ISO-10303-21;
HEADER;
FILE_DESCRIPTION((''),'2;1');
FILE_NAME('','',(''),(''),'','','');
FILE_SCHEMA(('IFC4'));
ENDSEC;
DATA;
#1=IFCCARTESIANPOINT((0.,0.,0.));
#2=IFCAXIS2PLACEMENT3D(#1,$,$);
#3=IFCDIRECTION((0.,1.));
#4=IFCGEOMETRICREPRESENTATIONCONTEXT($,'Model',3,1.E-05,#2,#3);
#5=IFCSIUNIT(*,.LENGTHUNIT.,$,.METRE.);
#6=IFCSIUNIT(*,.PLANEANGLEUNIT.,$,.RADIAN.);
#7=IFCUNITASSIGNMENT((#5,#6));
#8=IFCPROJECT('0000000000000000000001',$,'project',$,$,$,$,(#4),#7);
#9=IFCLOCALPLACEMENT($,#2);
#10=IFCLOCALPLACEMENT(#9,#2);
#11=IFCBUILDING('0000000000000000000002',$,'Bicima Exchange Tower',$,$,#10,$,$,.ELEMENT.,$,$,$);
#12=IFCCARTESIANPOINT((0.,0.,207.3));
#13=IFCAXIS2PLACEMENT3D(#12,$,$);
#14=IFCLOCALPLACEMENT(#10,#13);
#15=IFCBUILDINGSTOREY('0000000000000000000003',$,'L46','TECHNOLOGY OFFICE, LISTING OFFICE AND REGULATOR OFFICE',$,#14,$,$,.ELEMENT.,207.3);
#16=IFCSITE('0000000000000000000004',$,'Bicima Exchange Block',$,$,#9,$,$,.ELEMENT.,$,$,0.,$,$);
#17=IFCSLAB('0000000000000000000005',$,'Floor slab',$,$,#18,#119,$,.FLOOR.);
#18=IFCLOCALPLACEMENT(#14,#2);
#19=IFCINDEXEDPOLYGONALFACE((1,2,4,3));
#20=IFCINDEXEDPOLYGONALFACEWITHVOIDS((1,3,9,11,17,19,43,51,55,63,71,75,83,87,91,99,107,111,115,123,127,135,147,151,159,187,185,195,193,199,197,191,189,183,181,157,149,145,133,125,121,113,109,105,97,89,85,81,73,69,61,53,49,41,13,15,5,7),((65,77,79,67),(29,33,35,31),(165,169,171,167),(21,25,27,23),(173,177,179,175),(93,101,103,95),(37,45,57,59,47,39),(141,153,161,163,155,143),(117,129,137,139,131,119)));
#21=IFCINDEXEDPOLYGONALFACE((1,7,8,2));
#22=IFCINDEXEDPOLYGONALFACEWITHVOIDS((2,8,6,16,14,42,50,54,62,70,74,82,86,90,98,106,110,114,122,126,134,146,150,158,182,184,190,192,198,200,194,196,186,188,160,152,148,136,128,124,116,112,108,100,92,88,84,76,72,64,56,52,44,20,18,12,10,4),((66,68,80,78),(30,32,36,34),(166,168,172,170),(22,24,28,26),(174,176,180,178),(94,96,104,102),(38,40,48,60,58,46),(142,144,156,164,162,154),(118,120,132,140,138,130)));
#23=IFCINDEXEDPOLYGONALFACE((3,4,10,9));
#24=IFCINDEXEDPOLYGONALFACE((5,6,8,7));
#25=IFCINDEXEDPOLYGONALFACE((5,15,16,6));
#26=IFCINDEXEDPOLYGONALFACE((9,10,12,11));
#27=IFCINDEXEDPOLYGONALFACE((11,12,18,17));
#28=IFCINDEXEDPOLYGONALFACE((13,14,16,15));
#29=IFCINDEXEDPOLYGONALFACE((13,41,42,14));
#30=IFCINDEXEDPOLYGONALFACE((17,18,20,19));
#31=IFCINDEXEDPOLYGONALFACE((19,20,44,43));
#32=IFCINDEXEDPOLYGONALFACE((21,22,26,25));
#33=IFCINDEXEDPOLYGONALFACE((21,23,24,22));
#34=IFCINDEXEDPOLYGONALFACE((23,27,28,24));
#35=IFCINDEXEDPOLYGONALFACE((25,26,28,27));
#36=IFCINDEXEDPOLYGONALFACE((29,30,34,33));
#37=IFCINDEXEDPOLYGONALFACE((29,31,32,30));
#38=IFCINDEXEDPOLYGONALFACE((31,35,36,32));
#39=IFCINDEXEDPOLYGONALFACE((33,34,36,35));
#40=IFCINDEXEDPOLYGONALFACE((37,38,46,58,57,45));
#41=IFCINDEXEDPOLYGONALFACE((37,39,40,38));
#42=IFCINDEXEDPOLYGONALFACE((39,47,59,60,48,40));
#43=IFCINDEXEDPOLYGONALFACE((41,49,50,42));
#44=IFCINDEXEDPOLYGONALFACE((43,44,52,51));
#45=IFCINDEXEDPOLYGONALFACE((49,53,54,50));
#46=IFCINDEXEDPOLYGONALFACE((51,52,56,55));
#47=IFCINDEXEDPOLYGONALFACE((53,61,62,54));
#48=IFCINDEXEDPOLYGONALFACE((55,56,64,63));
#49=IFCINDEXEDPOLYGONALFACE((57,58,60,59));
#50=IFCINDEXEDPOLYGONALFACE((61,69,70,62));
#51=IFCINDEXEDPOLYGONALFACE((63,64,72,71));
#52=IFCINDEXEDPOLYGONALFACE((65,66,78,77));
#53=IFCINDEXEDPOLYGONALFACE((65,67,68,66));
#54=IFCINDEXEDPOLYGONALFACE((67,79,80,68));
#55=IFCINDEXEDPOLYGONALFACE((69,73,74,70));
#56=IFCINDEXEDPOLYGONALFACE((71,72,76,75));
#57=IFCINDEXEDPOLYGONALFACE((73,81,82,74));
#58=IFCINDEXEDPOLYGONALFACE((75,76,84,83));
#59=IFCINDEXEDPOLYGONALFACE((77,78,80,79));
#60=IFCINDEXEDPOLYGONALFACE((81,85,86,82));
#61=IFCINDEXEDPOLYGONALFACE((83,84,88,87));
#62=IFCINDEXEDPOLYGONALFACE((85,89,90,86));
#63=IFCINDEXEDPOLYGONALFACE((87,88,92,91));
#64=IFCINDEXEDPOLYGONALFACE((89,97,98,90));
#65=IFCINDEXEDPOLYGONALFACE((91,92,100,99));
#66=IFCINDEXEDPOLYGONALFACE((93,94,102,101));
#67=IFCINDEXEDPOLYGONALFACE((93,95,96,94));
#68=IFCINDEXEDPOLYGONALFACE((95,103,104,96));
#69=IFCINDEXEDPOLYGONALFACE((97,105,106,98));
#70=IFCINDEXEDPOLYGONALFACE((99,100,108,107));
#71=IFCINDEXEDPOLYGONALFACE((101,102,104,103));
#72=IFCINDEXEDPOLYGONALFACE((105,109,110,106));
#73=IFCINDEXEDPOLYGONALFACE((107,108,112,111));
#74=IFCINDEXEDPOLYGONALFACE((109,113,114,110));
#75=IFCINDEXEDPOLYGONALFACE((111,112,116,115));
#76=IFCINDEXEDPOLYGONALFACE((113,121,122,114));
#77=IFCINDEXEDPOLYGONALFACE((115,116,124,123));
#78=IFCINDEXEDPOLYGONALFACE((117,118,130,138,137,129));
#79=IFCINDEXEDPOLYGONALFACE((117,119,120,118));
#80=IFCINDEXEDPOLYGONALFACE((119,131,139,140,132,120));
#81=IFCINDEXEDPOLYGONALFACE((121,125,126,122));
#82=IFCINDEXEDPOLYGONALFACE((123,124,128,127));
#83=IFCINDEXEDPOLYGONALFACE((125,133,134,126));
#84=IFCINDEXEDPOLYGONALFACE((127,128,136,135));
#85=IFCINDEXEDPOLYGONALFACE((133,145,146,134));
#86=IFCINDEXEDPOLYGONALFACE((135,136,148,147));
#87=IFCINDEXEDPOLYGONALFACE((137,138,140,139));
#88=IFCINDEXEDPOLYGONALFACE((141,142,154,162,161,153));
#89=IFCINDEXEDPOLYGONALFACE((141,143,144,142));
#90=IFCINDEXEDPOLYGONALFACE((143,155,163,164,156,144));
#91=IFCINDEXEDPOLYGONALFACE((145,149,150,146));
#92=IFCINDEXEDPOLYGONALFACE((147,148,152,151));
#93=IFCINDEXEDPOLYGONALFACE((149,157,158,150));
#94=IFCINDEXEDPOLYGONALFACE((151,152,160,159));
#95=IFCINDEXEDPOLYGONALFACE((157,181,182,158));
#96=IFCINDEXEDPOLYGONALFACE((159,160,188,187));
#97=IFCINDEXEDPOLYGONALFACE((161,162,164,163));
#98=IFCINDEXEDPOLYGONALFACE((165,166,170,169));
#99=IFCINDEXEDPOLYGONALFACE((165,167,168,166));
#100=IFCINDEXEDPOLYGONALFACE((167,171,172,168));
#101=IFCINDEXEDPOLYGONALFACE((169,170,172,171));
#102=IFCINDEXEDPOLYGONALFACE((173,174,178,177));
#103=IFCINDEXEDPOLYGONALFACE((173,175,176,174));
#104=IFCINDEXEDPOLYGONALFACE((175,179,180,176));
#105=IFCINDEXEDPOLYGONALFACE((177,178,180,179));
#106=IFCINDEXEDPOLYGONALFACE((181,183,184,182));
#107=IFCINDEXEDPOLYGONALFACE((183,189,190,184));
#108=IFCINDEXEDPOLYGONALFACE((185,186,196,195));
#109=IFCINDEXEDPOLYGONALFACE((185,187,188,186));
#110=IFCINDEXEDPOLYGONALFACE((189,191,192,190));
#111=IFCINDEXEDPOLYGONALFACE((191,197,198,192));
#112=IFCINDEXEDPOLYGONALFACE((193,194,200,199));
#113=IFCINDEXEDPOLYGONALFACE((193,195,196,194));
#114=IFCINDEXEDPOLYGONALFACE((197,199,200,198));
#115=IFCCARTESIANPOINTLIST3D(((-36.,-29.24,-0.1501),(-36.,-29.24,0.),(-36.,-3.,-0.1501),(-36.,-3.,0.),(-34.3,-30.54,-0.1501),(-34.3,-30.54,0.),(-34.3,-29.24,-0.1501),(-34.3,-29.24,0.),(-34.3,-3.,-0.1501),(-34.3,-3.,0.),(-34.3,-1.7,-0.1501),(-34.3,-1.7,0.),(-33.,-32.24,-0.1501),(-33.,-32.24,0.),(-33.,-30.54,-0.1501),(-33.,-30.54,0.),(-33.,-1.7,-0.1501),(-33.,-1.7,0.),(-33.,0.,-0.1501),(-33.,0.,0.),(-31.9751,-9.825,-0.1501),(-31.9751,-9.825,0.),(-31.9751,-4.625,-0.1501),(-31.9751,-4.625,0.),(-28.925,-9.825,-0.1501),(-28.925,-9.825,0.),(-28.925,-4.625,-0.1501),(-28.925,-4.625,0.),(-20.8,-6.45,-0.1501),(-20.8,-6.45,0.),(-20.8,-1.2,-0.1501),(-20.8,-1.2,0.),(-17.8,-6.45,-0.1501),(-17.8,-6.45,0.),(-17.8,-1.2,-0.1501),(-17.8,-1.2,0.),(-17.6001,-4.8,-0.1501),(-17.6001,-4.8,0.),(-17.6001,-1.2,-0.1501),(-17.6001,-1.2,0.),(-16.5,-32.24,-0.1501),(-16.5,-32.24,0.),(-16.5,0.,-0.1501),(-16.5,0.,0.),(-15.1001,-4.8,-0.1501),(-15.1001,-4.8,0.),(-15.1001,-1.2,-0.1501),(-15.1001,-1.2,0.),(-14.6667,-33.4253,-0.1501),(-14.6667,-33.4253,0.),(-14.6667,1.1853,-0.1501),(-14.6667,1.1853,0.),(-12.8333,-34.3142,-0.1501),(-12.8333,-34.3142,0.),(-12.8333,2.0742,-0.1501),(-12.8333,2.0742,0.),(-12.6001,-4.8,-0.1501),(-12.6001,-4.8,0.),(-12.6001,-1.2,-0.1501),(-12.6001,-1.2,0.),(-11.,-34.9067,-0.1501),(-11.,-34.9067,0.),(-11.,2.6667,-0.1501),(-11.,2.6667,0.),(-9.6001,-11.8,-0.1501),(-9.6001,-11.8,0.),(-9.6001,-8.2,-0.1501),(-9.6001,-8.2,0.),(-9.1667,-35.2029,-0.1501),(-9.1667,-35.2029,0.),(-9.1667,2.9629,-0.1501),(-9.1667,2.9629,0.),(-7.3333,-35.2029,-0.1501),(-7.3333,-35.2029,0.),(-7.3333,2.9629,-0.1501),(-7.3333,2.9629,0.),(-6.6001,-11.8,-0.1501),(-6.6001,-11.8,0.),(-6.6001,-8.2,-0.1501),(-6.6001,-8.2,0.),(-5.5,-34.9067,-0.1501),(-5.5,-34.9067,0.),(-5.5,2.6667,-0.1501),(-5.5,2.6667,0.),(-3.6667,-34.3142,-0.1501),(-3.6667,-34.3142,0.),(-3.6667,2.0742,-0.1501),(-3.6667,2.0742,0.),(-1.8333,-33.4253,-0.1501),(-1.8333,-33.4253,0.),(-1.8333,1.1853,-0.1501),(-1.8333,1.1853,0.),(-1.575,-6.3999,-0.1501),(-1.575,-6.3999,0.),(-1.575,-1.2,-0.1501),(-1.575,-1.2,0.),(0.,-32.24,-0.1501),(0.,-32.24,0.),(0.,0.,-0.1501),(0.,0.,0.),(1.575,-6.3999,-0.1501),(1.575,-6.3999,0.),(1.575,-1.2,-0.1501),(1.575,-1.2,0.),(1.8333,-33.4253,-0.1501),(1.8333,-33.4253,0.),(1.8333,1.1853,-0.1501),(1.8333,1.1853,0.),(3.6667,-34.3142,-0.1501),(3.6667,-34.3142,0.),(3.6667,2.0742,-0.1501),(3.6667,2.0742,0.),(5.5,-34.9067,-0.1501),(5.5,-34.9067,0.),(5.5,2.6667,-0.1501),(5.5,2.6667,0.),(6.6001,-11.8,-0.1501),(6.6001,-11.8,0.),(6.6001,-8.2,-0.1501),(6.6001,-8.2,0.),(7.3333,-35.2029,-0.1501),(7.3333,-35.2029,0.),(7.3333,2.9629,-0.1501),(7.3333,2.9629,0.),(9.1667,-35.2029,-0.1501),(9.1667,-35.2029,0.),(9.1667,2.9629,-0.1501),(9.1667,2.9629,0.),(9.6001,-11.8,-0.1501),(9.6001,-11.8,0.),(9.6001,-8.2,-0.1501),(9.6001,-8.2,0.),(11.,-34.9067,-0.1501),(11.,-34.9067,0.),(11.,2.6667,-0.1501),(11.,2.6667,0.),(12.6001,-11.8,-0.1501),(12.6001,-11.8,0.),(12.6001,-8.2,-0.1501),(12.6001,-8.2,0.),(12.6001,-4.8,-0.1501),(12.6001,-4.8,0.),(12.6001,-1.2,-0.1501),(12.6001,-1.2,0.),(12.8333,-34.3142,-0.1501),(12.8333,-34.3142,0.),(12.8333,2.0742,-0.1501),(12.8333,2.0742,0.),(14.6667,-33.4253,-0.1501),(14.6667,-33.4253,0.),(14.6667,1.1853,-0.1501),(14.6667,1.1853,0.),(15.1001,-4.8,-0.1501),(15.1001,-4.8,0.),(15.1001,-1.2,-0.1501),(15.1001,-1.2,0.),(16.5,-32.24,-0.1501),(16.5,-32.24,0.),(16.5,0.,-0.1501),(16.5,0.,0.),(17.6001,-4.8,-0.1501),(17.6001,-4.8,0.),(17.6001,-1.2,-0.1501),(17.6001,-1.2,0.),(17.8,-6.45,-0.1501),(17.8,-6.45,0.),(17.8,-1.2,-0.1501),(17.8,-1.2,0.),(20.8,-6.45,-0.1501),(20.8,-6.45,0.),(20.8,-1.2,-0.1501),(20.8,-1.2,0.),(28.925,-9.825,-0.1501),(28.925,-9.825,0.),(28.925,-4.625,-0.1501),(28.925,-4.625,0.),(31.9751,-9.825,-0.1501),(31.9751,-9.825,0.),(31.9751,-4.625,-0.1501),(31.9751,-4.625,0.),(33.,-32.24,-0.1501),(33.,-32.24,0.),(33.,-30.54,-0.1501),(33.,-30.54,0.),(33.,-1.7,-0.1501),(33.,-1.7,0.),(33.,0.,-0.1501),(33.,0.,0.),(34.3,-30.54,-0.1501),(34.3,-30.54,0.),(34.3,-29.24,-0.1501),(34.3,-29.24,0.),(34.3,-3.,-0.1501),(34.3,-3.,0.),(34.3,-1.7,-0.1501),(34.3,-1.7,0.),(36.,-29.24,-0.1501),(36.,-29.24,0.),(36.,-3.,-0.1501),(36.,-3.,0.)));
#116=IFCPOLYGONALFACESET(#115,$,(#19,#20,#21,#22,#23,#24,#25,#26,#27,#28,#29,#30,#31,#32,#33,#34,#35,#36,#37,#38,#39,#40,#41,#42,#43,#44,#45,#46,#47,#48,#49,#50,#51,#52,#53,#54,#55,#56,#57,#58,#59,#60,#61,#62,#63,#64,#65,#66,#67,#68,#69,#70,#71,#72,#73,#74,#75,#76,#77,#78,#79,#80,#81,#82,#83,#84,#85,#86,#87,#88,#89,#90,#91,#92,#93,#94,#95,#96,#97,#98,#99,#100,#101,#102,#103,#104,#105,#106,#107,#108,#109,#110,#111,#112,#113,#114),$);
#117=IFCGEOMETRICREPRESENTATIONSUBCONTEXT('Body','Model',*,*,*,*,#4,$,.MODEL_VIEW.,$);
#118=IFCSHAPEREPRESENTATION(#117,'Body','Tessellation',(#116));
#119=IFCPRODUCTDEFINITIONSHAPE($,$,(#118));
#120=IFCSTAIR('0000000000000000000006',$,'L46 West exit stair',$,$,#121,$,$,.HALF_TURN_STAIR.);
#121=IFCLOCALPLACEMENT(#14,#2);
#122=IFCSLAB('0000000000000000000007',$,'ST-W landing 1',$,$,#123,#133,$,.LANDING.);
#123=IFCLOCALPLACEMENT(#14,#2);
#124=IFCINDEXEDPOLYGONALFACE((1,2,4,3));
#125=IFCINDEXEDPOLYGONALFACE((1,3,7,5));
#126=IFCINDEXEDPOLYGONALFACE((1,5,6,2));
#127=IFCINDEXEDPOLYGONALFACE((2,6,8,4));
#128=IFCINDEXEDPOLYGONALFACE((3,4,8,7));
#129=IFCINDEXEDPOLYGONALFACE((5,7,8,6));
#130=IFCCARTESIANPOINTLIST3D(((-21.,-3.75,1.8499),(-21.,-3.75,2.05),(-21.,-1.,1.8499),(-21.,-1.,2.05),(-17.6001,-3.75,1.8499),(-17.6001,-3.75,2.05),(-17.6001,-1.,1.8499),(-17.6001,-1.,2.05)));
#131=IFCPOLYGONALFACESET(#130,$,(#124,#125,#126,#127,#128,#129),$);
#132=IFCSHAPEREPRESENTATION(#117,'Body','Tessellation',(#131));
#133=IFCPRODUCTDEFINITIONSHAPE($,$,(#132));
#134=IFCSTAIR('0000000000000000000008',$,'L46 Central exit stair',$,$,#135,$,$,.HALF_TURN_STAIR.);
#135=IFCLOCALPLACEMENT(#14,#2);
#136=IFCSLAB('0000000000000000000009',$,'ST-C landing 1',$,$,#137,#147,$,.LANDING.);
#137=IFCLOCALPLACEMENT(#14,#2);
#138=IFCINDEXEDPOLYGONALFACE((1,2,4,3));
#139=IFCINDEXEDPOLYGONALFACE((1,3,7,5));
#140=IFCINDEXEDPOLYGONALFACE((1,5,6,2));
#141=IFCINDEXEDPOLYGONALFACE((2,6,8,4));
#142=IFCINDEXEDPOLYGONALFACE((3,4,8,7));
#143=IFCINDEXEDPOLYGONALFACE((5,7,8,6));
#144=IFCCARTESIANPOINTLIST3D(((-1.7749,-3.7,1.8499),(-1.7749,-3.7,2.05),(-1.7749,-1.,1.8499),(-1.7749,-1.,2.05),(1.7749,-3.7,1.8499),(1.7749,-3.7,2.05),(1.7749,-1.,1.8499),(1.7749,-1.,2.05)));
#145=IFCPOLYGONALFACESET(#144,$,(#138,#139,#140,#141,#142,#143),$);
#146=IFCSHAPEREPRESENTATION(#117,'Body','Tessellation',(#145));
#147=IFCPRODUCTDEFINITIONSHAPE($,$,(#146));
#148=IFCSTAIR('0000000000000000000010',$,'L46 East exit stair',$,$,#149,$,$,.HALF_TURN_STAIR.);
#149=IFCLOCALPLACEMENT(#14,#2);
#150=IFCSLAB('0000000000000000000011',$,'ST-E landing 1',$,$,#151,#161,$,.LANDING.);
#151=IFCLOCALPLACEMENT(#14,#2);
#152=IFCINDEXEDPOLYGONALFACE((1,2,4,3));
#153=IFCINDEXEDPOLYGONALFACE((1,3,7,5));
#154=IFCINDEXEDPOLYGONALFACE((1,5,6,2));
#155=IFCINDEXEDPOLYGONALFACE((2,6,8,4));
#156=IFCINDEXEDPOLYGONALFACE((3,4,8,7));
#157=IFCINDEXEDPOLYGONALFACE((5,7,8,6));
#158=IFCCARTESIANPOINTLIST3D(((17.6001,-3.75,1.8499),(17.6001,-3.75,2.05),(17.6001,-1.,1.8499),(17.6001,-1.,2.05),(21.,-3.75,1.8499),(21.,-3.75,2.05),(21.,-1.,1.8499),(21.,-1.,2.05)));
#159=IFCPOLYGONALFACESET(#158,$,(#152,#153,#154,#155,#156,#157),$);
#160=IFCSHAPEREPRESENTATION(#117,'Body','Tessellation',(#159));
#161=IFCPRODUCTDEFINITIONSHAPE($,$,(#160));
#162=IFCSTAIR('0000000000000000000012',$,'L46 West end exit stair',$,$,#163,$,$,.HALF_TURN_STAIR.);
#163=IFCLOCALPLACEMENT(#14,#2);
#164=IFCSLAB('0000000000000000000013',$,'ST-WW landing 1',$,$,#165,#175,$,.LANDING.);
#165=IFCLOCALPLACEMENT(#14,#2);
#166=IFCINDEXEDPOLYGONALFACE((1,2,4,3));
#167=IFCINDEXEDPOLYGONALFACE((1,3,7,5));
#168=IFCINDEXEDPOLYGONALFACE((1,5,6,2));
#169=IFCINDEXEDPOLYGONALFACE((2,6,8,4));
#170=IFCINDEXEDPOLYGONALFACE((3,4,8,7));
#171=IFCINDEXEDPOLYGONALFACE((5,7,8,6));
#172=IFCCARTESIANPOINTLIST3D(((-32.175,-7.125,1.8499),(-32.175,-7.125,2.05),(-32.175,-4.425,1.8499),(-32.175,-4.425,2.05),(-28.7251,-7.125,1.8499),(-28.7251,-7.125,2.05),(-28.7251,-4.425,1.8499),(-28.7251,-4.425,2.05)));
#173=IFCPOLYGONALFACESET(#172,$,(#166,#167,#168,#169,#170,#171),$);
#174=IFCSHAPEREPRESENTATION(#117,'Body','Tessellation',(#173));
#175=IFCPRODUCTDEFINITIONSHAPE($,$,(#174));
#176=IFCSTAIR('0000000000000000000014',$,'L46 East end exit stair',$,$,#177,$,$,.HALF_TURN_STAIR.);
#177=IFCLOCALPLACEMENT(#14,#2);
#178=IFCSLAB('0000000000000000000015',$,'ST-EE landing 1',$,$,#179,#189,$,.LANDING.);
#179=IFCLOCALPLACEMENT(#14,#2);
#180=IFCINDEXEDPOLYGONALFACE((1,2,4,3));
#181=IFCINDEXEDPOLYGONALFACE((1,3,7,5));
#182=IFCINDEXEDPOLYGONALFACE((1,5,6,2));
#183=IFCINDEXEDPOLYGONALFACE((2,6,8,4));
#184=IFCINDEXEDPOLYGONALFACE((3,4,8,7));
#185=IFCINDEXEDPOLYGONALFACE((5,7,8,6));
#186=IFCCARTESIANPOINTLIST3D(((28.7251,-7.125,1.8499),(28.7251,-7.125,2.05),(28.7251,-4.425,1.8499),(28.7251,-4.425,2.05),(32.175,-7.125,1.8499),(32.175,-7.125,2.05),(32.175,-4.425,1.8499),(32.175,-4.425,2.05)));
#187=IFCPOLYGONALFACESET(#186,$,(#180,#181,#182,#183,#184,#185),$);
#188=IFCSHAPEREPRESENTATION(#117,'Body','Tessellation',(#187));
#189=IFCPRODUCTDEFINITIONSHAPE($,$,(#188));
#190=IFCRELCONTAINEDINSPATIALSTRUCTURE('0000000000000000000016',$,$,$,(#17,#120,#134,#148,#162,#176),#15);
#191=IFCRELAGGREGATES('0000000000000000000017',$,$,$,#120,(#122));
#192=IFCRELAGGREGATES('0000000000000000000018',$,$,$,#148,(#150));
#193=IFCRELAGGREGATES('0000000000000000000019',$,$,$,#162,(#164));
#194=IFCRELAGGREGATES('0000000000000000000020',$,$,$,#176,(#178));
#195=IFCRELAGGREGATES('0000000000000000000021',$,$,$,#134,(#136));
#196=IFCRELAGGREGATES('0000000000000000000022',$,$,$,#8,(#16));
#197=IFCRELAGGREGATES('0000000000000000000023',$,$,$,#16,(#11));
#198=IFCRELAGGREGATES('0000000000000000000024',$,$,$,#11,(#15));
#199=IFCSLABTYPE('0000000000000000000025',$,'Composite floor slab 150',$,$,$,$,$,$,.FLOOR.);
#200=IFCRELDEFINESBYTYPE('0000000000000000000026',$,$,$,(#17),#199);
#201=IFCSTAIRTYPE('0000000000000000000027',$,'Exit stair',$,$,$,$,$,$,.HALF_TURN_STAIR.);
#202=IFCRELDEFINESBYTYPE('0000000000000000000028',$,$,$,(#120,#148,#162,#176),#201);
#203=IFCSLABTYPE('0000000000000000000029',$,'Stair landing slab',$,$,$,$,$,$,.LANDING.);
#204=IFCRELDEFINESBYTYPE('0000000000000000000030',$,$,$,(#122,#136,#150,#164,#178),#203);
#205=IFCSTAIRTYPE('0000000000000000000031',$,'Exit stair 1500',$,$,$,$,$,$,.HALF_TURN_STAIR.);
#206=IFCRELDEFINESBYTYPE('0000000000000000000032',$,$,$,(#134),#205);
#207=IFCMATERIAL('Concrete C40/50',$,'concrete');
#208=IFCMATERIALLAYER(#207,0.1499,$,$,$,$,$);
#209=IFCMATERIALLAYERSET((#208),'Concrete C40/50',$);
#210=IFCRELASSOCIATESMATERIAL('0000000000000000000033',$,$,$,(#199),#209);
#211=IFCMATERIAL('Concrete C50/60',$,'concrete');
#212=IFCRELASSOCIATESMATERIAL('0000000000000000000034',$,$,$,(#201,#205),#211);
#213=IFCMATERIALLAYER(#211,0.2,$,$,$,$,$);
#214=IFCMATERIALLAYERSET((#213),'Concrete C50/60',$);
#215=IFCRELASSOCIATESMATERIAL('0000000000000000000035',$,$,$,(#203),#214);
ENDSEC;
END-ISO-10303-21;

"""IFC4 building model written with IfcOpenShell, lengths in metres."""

from ifc_helpers import new_model, si_unit, direction, frame, origin, place, context, subcontext, project, spatial, polyline, outline, extrude, material, layer, layer_set, type_object, element, aggregate, save


model = new_model("IFC4")

# Units and contexts
model_context = context("Model", 3, precision=1e-05, world=origin(), true_north=direction((0.0, 1.0)))
body_context = subcontext(model_context, "Body", "Model", "MODEL_VIEW")
ifc_project = project(units=[si_unit("LENGTHUNIT", "METRE"), si_unit("PLANEANGLEUNIT", "RADIAN")], contexts=[model_context])

# Site, building, storey
site_placement = place(None, origin())
site = spatial("IfcSite", under=ifc_project, at=site_placement, Name="Bicima Exchange Block", CompositionType="ELEMENT", RefElevation=0.0)
building_placement = place(site_placement, origin())
building = spatial("IfcBuilding", under=site, at=building_placement, Name="Bicima Exchange Tower", CompositionType="ELEMENT")
storey_placement = place(building_placement, frame((0.0, 0.0, 207.3)))
storey = spatial("IfcBuildingStorey", under=building, at=storey_placement, Name="L46", Description="TECHNOLOGY OFFICE, LISTING OFFICE AND REGULATOR OFFICE", CompositionType="ELEMENT", Elevation=207.3)

# Slab
ifc_material_1 = material(Name="Concrete C40/50", Category="concrete")
ifc_layer_1 = layer(ifc_material_1, 0.1499)
ifc_layer_set_1 = layer_set([ifc_layer_1], Name="Concrete C40/50")
slab_type_1 = type_object("IfcSlabType", Name="Composite floor slab 150", PredefinedType="FLOOR", material=ifc_layer_set_1)
slab_1_placement = place(storey_placement, frame((0.0, 0.0, -0.1501)))
element("IfcSlab", 1, at=slab_1_placement, inside=storey, type_object=slab_type_1, Name="Floor slab", PredefinedType="FLOOR", context=body_context, shape_type="SweptSolid", body=[
    extrude(outline(polyline([(-36.0, -29.24), (-36.0, -3.0), (-34.3, -3.0), (-34.3, -1.7), (-33.0, -1.7), (-33.0, 0.0), (-16.5, 0.0), (-14.6667, 1.1853), (-12.8333, 2.0742), (-11.0, 2.6667), (-9.1667, 2.9629), (-7.3333, 2.9629), (-5.5, 2.6667), (-3.6667, 2.0742), (-1.8333, 1.1853), (0.0, 0.0), (1.8333, 1.1853), (3.6667, 2.0742), (5.5, 2.6667), (7.3333, 2.9629), (9.1667, 2.9629), (11.0, 2.6667), (12.8333, 2.0742), (14.6667, 1.1853), (16.5, 0.0), (33.0, 0.0), (33.0, -1.7), (34.3, -1.7), (34.3, -3.0), (36.0, -3.0), (36.0, -29.24), (34.3, -29.24), (34.3, -30.54), (33.0, -30.54), (33.0, -32.24), (16.5, -32.24), (14.6667, -33.4253), (12.8333, -34.3142), (11.0, -34.9067), (9.1667, -35.2029), (7.3333, -35.2029), (5.5, -34.9067), (3.6667, -34.3142), (1.8333, -33.4253), (0.0, -32.24), (-1.8333, -33.4253), (-3.6667, -34.3142), (-5.5, -34.9067), (-7.3333, -35.2029), (-9.1667, -35.2029), (-11.0, -34.9067), (-12.8333, -34.3142), (-14.6667, -33.4253), (-16.5, -32.24), (-33.0, -32.24), (-33.0, -30.54), (-34.3, -30.54), (-34.3, -29.24), (-36.0, -29.24)]), holes=[polyline([(-6.6001, -11.8), (-6.6001, -8.2), (-9.6001, -8.2), (-9.6001, -11.8), (-6.6001, -11.8)]), polyline([(-31.9751, -9.825), (-28.925, -9.825), (-28.925, -4.625), (-31.9751, -4.625), (-31.9751, -9.825)]), polyline([(-20.8, -6.45), (-17.8, -6.45), (-17.8, -1.2), (-20.8, -1.2), (-20.8, -6.45)]), polyline([(1.575, -6.3999), (1.575, -1.2), (-1.575, -1.2), (-1.575, -6.3999), (1.575, -6.3999)]), polyline([(-12.6001, -4.8), (-12.6001, -1.2), (-15.1001, -1.2), (-17.6001, -1.2), (-17.6001, -4.8), (-15.1001, -4.8), (-12.6001, -4.8)]), polyline([(12.6001, -8.2), (9.6001, -8.2), (6.6001, -8.2), (6.6001, -11.8), (9.6001, -11.8), (12.6001, -11.8), (12.6001, -8.2)]), polyline([(28.925, -9.825), (31.9751, -9.825), (31.9751, -4.625), (28.925, -4.625), (28.925, -9.825)]), polyline([(20.8, -6.45), (20.8, -1.2), (17.8, -1.2), (17.8, -6.45), (20.8, -6.45)]), polyline([(17.6001, -4.8), (17.6001, -1.2), (15.1001, -1.2), (12.6001, -1.2), (12.6001, -4.8), (15.1001, -4.8), (17.6001, -4.8)])]), origin(), (0.0, 0.0, 1.0), 0.1501),
])

# Stairs, slabs
ifc_material_2 = material(Name="Concrete C50/60", Category="concrete")
stair_type_1 = type_object("IfcStairType", Name="Exit stair", PredefinedType="HALF_TURN_STAIR", material=ifc_material_2)
stair_1_placement = place(storey_placement, origin())
stair_1 = element("IfcStair", 2, at=stair_1_placement, inside=storey, type_object=stair_type_1, Name="L46 West exit stair", PredefinedType="HALF_TURN_STAIR")
ifc_layer_2 = layer(ifc_material_2, 0.2)
ifc_layer_set_2 = layer_set([ifc_layer_2], Name="Concrete C50/60")
slab_type_2 = type_object("IfcSlabType", Name="Stair landing slab", PredefinedType="LANDING", material=ifc_layer_set_2)
slab_2_placement = place(storey_placement, frame((0.0, 0.0, 1.8499)))
slab_2 = element("IfcSlab", 3, at=slab_2_placement, type_object=slab_type_2, Name="ST-W landing 1", PredefinedType="LANDING", context=body_context, shape_type="SweptSolid", body=[
    extrude(outline(polyline([(-17.6001, -3.75), (-17.6001, -1.0), (-21.0, -1.0), (-21.0, -3.75), (-17.6001, -3.75)])), origin(), (0.0, 0.0, 1.0), 0.2002),
])
aggregate(stair_1, [slab_2])
stair_type_2 = type_object("IfcStairType", Name="Exit stair 1500", PredefinedType="HALF_TURN_STAIR", material=ifc_material_2)
stair_2_placement = place(storey_placement, origin())
stair_2 = element("IfcStair", 4, at=stair_2_placement, inside=storey, type_object=stair_type_2, Name="L46 Central exit stair", PredefinedType="HALF_TURN_STAIR")
slab_3_placement = place(storey_placement, frame((0.0, 0.0, 1.8499)))
slab_3 = element("IfcSlab", 5, at=slab_3_placement, type_object=slab_type_2, Name="ST-C landing 1", PredefinedType="LANDING", context=body_context, shape_type="SweptSolid", body=[
    extrude(outline(polyline([(1.7749, -3.7), (1.7749, -1.0), (-1.7749, -1.0), (-1.7749, -3.7), (1.7749, -3.7)])), origin(), (0.0, 0.0, 1.0), 0.2002),
])
stair_3_placement = place(storey_placement, origin())
stair_3 = element("IfcStair", 6, at=stair_3_placement, inside=storey, type_object=stair_type_1, Name="L46 East exit stair", PredefinedType="HALF_TURN_STAIR")
slab_4_placement = place(storey_placement, frame((0.0, 0.0, 1.8499)))
slab_4 = element("IfcSlab", 7, at=slab_4_placement, type_object=slab_type_2, Name="ST-E landing 1", PredefinedType="LANDING", context=body_context, shape_type="SweptSolid", body=[
    extrude(outline(polyline([(21.0, -3.75), (21.0, -1.0), (17.6001, -1.0), (17.6001, -3.75), (21.0, -3.75)])), origin(), (0.0, 0.0, 1.0), 0.2002),
])
aggregate(stair_3, [slab_4])
stair_4_placement = place(storey_placement, origin())
stair_4 = element("IfcStair", 8, at=stair_4_placement, inside=storey, type_object=stair_type_1, Name="L46 West end exit stair", PredefinedType="HALF_TURN_STAIR")
slab_5_placement = place(storey_placement, frame((0.0, 0.0, 1.8499)))
slab_5 = element("IfcSlab", 9, at=slab_5_placement, type_object=slab_type_2, Name="ST-WW landing 1", PredefinedType="LANDING", context=body_context, shape_type="SweptSolid", body=[
    extrude(outline(polyline([(-28.7251, -7.125), (-28.7251, -4.425), (-32.175, -4.425), (-32.175, -7.125), (-28.7251, -7.125)])), origin(), (0.0, 0.0, 1.0), 0.2002),
])
aggregate(stair_4, [slab_5])
stair_5_placement = place(storey_placement, origin())
stair_5 = element("IfcStair", 10, at=stair_5_placement, inside=storey, type_object=stair_type_1, Name="L46 East end exit stair", PredefinedType="HALF_TURN_STAIR")
slab_6_placement = place(storey_placement, frame((0.0, 0.0, 1.8499)))
slab_6 = element("IfcSlab", 11, at=slab_6_placement, type_object=slab_type_2, Name="ST-EE landing 1", PredefinedType="LANDING", context=body_context, shape_type="SweptSolid", body=[
    extrude(outline(polyline([(32.175, -7.125), (32.175, -4.425), (28.7251, -4.425), (28.7251, -7.125), (32.175, -7.125)])), origin(), (0.0, 0.0, 1.0), 0.2002),
])
aggregate(stair_5, [slab_6])

aggregate(stair_2, [slab_3])

save(model, "model.ifc")
